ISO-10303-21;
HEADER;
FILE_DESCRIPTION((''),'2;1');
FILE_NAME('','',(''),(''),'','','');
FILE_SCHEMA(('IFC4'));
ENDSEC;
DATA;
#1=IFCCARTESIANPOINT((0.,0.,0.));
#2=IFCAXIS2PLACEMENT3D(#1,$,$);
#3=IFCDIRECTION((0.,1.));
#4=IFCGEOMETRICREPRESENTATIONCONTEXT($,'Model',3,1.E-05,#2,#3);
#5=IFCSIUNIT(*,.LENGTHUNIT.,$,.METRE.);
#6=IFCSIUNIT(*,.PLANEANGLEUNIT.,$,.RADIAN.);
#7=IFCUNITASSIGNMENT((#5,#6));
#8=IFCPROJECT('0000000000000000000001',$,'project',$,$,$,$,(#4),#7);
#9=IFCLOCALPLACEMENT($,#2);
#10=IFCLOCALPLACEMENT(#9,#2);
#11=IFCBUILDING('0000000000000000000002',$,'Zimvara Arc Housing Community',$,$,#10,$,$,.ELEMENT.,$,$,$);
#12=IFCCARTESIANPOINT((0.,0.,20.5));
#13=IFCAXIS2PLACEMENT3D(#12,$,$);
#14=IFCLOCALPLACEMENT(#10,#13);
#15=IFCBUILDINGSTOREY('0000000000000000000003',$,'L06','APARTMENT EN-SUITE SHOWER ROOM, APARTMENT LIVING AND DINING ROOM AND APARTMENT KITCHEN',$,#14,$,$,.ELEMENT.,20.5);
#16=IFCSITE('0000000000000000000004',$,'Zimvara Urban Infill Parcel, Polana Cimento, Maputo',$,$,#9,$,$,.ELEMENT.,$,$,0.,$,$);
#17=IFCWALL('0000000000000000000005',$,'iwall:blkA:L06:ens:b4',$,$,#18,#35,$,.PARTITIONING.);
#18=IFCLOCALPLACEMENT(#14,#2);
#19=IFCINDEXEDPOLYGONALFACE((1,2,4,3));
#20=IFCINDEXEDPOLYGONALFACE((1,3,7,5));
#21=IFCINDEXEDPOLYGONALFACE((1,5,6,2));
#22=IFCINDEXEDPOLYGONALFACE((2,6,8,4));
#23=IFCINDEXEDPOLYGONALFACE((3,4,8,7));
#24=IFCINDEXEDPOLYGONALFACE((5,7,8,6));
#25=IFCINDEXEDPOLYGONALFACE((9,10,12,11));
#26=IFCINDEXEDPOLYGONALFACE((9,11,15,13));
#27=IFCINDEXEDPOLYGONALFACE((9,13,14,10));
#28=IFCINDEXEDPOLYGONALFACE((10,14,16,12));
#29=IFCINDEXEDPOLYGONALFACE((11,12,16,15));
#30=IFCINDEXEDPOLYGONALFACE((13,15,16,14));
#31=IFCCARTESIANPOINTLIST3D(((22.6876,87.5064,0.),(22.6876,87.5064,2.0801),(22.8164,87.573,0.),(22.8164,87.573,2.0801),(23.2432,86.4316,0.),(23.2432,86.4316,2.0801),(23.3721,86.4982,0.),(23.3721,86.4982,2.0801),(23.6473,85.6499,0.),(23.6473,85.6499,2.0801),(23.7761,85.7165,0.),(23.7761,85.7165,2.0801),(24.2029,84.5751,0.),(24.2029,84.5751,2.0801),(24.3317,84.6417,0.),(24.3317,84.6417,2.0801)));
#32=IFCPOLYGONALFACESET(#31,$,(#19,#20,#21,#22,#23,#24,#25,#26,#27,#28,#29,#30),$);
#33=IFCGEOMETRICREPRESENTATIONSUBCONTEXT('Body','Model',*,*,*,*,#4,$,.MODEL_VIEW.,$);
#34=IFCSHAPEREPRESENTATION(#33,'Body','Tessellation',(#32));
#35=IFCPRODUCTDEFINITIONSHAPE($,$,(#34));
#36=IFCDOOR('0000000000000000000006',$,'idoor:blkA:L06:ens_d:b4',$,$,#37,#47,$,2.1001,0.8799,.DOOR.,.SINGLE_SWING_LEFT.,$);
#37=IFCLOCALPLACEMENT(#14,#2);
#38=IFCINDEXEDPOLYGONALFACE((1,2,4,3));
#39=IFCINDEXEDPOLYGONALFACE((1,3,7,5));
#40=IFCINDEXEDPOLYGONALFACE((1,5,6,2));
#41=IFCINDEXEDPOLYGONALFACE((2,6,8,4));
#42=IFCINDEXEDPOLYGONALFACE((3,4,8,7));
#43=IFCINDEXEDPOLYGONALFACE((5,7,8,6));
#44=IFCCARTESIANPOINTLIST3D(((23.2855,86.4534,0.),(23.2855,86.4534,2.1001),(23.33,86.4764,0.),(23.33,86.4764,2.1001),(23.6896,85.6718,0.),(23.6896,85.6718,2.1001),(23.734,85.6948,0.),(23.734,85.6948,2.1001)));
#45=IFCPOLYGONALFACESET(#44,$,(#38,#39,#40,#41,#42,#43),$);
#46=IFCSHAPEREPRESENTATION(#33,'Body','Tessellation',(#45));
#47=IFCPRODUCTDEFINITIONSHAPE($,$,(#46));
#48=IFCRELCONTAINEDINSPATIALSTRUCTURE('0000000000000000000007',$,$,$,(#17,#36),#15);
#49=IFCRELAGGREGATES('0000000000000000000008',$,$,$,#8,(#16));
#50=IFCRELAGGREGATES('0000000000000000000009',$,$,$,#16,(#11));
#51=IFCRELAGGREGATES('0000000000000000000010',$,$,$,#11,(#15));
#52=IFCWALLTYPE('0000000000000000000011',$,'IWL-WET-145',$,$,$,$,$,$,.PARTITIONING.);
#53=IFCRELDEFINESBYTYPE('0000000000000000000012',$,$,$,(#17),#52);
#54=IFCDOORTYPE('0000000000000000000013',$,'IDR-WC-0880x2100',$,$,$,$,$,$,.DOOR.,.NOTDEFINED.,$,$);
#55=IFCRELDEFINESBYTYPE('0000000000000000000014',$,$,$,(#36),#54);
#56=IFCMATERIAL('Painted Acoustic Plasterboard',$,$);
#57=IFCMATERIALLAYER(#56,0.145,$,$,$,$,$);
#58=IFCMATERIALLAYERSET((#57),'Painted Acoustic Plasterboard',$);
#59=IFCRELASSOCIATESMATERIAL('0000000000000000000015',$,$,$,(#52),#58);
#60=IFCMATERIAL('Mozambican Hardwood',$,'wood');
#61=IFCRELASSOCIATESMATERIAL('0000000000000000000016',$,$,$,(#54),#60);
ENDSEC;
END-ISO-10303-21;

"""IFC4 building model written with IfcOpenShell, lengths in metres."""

from ifc_helpers import new_model, si_unit, direction, frame, frame_2d, origin, place, context, subcontext, project, spatial, rectangle, extrude, material, layer, layer_set, type_object, element, fill, save


model = new_model("IFC4")

# Units and contexts
model_context = context("Model", 3, precision=1e-05, world=origin(), true_north=direction((0.0, 1.0)))
body_context = subcontext(model_context, "Body", "Model", "MODEL_VIEW")
ifc_project = project(units=[si_unit("LENGTHUNIT", "METRE"), si_unit("PLANEANGLEUNIT", "RADIAN")], contexts=[model_context])

# Site, building, storey
site_placement = place(None, origin())
site = spatial("IfcSite", under=ifc_project, at=site_placement, Name="Zimvara Urban Infill Parcel, Polana Cimento, Maputo", CompositionType="ELEMENT", RefElevation=0.0)
building_placement = place(site_placement, origin())
building = spatial("IfcBuilding", under=site, at=building_placement, Name="Zimvara Arc Housing Community", CompositionType="ELEMENT")
storey_placement = place(building_placement, frame((0.0, 0.0, 20.5)))
storey = spatial("IfcBuildingStorey", under=building, at=storey_placement, Name="L06", Description="APARTMENT EN-SUITE SHOWER ROOM, APARTMENT LIVING AND DINING ROOM AND APARTMENT KITCHEN", CompositionType="ELEMENT", Elevation=20.5)

# Wall, opening, door
ifc_material_1 = material(Name="Painted Acoustic Plasterboard")
ifc_layer_1 = layer(ifc_material_1, 0.145)
ifc_layer_set_1 = layer_set([ifc_layer_1], Name="Painted Acoustic Plasterboard")
wall_type_1 = type_object("IfcWallType", Name="IWL-WET-145", PredefinedType="PARTITIONING", material=ifc_layer_set_1)
wall_1_placement = place(storey_placement, frame((24.2673, 84.6084, 0.0), z_axis=(0.0, 0.0, 1.0), x_axis=(-0.459218, 0.888324, 0.0)))
wall_1 = element("IfcWall", 1, at=wall_1_placement, inside=storey, type_object=wall_type_1, Name="iwall:blkA:L06:ens:b4", PredefinedType="PARTITIONING", context=body_context, shape_type="SweptSolid", body=[
    extrude(rectangle(XDim=3.2998, YDim=0.145, at=frame_2d((1.6499, 0.0))), origin(), (0.0, 0.0, 1.0), 2.0801),
])
opening_1_placement = place(wall_1_placement, frame((1.21, 0.0, 0.0)))
opening_1 = element("IfcOpeningElement", 2, at=opening_1_placement, cuts=wall_1, PredefinedType="OPENING", context=body_context, shape_type="SweptSolid", body=[
    extrude(rectangle(XDim=0.8799, YDim=2.1001, at=frame_2d((0.4399, 1.05))), frame((0.0, 0.0825, 0.0), z_axis=(0.0, -1.0, 0.0), x_axis=(1.0, 0.0, 0.0)), (0.0, 0.0, 1.0), 0.165),
])
ifc_material_2 = material(Name="Mozambican Hardwood", Category="wood")
door_type_1 = type_object("IfcDoorType", Name="IDR-WC-0880x2100", OperationType="NOTDEFINED", PredefinedType="DOOR", material=ifc_material_2)
door_1_placement = place(opening_1_placement, origin())
door_1 = element("IfcDoor", 3, at=door_1_placement, inside=storey, type_object=door_type_1, Name="idoor:blkA:L06:ens_d:b4", OperationType="SINGLE_SWING_LEFT", OverallHeight=2.1001, OverallWidth=0.8799, PredefinedType="DOOR", context=body_context, shape_type="SweptSolid", body=[
    extrude(rectangle(XDim=0.8799, YDim=2.1001, at=frame_2d((0.4399, 1.05))), frame((0.0, 0.0249, 0.0), z_axis=(0.0, -1.0, 0.0), x_axis=(1.0, 0.0, 0.0)), (0.0, 0.0, 1.0), 0.05),
])
fill(opening_1, door_1)

save(model, "model.ifc")
